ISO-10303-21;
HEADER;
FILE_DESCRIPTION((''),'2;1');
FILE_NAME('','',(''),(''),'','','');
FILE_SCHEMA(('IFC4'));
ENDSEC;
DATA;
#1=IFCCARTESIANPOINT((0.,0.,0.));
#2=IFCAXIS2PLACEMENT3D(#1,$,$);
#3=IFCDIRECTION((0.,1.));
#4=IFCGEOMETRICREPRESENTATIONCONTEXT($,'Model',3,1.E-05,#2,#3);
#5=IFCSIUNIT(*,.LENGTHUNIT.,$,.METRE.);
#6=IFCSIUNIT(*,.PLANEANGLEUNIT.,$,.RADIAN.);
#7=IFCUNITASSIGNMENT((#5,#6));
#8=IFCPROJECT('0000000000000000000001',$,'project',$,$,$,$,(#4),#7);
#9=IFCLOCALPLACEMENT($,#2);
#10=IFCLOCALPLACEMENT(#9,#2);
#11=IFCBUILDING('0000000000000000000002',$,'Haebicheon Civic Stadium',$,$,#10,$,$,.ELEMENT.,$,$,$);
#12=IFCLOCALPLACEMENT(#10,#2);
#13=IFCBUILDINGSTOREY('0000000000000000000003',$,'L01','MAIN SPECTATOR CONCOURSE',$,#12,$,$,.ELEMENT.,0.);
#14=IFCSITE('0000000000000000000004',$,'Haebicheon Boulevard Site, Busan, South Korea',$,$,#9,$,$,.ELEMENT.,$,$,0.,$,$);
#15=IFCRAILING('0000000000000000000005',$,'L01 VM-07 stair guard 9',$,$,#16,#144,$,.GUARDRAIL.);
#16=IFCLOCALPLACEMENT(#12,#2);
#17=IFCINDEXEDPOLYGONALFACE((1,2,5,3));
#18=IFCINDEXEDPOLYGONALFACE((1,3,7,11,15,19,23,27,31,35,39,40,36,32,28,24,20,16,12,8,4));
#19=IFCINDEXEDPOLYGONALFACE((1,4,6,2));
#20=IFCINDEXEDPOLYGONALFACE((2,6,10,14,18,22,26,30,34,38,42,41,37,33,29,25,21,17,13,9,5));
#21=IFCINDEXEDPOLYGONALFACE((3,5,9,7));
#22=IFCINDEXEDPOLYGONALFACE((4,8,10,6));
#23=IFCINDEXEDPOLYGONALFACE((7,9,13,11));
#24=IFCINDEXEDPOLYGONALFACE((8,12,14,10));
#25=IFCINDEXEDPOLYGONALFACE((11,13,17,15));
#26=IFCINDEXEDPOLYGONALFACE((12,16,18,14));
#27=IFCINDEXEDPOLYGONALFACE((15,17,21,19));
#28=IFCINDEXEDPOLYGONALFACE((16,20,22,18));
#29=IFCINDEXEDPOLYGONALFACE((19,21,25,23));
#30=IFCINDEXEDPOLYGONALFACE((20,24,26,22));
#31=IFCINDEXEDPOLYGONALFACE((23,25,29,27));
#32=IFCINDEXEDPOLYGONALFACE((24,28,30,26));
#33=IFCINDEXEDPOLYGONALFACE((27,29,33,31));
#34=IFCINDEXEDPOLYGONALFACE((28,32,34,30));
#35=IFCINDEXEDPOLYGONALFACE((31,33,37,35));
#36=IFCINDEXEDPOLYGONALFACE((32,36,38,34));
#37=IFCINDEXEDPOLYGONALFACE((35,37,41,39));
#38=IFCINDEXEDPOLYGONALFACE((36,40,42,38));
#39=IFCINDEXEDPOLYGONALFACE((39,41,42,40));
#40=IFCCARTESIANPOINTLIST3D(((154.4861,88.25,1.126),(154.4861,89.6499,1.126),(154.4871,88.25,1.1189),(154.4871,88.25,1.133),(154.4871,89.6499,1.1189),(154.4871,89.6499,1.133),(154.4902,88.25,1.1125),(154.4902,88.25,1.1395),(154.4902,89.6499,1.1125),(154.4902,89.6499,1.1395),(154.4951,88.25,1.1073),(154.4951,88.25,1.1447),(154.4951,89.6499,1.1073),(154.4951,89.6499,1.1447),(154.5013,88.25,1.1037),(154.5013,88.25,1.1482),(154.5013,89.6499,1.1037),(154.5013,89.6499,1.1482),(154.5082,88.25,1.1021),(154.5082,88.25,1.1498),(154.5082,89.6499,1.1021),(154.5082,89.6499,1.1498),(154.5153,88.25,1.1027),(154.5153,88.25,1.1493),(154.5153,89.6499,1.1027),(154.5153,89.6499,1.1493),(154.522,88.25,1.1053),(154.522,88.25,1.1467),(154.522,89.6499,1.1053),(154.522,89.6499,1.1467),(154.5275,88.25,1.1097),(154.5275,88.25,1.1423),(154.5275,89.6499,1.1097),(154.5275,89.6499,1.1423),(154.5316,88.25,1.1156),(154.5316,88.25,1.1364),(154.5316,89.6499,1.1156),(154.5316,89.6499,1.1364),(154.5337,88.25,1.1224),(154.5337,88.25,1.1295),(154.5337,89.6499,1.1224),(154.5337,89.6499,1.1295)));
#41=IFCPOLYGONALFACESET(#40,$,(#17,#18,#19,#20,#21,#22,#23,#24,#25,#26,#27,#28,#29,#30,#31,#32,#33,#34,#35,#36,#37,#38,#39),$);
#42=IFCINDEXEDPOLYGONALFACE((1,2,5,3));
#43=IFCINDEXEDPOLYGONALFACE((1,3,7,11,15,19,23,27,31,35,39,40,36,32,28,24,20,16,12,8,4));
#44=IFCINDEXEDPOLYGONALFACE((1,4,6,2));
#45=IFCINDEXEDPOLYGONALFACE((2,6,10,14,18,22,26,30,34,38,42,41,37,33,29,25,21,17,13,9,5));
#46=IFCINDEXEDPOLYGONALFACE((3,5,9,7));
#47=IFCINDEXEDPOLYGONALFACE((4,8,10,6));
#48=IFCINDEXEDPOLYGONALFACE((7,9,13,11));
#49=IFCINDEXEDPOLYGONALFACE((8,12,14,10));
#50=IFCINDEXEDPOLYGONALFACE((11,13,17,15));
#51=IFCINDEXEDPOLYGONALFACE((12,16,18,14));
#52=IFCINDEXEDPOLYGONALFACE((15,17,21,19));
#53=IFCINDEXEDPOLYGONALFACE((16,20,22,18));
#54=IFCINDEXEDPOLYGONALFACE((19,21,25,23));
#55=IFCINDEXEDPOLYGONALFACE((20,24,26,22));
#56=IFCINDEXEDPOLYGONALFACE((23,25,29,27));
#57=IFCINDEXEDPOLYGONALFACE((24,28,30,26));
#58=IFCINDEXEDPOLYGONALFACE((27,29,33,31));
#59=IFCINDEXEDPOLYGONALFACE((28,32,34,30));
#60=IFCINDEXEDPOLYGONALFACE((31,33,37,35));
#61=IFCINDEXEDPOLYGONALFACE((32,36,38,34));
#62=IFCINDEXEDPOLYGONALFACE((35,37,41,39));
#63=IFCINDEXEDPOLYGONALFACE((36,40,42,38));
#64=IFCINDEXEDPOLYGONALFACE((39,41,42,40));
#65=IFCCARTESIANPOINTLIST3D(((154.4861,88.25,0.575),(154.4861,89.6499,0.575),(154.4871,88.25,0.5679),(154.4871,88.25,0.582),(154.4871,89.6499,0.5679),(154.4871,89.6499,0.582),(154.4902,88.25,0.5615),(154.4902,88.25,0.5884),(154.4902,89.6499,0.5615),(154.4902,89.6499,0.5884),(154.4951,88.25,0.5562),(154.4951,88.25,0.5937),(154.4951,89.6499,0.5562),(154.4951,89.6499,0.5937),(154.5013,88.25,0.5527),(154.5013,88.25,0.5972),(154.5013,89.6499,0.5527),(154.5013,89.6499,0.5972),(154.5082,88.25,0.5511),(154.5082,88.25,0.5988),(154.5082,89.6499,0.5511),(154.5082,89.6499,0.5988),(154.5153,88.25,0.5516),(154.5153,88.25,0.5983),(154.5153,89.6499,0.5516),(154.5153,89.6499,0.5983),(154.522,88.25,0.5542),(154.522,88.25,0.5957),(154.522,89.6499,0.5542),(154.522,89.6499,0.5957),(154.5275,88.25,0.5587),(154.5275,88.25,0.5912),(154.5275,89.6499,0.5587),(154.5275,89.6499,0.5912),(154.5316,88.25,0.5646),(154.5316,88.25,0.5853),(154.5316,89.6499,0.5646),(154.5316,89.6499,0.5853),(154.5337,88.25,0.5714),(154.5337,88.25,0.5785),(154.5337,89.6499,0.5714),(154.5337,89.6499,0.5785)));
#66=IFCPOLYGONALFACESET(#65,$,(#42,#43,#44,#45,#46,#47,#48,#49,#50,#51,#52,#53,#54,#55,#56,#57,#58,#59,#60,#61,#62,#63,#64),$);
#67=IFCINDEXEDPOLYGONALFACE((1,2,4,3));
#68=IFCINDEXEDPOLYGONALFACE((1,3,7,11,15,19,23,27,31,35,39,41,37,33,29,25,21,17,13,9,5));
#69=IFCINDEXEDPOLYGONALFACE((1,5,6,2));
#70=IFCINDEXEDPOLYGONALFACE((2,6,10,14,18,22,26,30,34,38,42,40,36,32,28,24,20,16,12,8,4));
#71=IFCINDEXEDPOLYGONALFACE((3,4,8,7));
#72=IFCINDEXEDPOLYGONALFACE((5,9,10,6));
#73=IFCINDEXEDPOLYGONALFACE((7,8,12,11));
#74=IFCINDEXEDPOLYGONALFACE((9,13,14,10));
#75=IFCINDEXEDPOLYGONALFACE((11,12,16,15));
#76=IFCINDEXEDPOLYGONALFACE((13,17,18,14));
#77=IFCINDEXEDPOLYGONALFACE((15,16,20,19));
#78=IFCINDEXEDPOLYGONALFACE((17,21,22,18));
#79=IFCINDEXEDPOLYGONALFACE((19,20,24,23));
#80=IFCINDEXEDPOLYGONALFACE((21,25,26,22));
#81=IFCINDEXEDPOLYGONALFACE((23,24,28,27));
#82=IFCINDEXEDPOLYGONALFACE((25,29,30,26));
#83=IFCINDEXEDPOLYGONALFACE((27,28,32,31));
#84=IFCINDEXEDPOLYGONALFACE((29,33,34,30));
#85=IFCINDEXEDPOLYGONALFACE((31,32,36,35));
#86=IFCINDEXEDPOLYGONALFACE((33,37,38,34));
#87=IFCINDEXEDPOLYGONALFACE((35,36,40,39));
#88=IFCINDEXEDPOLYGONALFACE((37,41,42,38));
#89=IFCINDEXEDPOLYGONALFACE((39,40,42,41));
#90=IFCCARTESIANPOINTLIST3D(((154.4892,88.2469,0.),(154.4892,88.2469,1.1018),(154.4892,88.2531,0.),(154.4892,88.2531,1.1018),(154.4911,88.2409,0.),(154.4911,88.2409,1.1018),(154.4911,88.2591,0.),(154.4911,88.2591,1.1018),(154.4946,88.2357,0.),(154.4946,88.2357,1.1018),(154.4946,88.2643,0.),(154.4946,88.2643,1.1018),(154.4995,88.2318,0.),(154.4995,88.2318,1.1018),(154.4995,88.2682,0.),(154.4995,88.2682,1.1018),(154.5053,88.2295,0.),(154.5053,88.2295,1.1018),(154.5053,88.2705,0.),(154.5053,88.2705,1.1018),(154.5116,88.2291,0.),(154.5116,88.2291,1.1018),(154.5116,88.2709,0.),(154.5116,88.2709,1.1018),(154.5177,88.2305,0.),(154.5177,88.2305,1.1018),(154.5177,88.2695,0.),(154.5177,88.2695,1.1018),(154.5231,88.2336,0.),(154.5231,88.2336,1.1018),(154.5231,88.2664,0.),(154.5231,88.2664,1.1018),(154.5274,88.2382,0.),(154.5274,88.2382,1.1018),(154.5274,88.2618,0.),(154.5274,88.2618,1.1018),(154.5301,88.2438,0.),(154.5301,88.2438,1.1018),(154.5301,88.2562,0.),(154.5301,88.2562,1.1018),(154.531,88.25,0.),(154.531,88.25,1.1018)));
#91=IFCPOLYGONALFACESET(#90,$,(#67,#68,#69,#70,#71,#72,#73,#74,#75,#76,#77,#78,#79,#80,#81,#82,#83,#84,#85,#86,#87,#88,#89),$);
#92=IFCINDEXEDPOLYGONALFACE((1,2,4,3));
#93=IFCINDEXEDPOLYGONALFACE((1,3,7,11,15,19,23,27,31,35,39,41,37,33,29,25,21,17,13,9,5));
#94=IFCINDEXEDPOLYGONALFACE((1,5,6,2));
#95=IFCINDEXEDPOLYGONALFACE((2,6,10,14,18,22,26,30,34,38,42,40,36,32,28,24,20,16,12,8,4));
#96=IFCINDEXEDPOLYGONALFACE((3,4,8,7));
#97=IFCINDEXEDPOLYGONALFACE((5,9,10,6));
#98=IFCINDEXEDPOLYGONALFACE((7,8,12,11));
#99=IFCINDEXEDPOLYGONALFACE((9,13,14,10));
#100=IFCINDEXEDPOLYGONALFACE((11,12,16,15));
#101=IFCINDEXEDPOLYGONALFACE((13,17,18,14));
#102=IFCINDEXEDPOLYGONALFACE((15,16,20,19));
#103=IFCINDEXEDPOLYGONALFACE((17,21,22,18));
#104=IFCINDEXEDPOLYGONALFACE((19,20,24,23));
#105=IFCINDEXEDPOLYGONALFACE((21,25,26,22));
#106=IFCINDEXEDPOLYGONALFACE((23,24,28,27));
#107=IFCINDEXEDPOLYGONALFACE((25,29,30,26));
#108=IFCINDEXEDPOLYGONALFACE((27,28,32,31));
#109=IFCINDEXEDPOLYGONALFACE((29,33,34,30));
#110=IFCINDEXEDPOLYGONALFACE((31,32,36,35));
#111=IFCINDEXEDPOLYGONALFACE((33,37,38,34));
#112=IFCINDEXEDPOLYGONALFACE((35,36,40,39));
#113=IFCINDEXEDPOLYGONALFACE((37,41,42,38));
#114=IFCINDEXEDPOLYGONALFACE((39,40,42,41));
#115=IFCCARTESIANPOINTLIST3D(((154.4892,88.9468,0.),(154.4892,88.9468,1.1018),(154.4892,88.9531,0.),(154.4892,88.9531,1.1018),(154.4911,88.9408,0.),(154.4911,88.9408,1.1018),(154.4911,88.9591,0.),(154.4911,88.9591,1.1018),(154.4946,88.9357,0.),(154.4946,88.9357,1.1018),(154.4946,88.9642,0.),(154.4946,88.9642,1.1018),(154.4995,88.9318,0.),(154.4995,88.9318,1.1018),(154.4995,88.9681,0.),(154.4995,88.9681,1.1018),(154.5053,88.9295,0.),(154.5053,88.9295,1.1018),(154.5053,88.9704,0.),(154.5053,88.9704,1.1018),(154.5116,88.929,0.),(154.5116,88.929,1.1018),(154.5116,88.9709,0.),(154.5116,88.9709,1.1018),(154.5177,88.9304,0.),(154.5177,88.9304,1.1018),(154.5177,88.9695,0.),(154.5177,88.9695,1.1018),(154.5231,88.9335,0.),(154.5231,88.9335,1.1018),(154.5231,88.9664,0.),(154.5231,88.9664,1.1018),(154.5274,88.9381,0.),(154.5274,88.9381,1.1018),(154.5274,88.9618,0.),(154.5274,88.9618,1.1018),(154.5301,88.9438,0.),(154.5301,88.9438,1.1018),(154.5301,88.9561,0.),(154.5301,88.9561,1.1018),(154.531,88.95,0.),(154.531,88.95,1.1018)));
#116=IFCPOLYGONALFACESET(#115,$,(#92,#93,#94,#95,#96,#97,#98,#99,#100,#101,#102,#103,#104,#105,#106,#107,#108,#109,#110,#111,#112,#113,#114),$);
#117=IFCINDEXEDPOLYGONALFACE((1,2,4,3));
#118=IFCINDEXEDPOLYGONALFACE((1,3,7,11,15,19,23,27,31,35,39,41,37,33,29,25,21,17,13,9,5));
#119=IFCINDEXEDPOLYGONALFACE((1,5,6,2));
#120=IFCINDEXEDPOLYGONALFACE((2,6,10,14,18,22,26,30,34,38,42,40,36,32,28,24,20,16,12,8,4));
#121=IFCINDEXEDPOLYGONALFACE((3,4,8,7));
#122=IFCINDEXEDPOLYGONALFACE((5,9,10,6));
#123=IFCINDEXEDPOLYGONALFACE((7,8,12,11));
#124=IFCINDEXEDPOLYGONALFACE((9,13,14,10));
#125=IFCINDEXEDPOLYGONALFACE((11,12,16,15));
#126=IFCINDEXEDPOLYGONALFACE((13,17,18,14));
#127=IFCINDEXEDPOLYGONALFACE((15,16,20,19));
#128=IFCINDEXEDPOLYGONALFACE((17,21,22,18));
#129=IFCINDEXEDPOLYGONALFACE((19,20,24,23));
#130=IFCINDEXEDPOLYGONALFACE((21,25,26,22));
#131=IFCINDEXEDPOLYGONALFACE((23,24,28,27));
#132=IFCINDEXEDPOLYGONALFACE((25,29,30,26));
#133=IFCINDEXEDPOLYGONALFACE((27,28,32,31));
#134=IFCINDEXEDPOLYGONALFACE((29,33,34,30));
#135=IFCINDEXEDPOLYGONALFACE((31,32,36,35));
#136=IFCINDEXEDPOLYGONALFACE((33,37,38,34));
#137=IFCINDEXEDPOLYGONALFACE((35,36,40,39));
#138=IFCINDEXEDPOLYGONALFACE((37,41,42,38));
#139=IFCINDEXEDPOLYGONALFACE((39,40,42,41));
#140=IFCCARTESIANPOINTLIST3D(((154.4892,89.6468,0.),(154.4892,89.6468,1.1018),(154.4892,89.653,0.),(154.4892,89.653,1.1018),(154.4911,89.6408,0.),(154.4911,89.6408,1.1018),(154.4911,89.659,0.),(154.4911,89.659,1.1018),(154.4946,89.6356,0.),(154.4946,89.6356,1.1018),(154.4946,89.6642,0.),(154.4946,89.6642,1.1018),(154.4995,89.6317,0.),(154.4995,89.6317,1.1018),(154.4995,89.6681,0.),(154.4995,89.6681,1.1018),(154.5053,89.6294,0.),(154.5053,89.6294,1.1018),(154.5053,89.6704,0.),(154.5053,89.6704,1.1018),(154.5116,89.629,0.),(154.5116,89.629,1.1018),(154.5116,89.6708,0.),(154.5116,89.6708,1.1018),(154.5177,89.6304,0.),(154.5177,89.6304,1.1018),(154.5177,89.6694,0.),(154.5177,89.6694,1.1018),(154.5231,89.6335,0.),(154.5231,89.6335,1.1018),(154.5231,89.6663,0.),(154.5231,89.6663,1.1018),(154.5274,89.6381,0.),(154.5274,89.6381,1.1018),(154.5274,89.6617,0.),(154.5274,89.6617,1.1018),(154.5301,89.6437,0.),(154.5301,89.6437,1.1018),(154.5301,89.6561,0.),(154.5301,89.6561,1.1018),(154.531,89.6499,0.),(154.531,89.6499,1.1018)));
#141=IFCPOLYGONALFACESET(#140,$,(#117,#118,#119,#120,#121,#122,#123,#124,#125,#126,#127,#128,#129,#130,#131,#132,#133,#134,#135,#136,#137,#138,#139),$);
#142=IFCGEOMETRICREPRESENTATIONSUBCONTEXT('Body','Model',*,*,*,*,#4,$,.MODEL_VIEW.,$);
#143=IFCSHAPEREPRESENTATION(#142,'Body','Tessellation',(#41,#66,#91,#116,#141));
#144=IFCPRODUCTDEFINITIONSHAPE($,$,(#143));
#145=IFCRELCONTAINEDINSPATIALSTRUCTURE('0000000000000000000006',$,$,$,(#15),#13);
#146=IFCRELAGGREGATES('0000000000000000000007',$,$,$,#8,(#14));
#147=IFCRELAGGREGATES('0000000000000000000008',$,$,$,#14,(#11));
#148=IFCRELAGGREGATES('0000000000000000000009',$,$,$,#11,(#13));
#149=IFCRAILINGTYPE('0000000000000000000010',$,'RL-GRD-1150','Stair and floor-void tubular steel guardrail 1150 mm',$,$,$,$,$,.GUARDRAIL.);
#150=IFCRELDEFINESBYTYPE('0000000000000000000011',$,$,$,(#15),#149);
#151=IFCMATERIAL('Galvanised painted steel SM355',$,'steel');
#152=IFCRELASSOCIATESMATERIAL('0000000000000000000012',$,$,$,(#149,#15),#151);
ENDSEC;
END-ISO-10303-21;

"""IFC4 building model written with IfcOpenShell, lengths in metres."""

from ifc_helpers import new_model, si_unit, direction, frame, origin, origin_2d, place, context, subcontext, project, spatial, circle, extrude, material, type_object, element, save


model = new_model("IFC4")

# Units and contexts
model_context = context("Model", 3, precision=1e-05, world=origin(), true_north=direction((0.0, 1.0)))
body_context = subcontext(model_context, "Body", "Model", "MODEL_VIEW")
ifc_project = project(units=[si_unit("LENGTHUNIT", "METRE"), si_unit("PLANEANGLEUNIT", "RADIAN")], contexts=[model_context])

# Site, building, storey
site_placement = place(None, origin())
site = spatial("IfcSite", under=ifc_project, at=site_placement, Name="Haebicheon Boulevard Site, Busan, South Korea", CompositionType="ELEMENT", RefElevation=0.0)
building_placement = place(site_placement, origin())
building = spatial("IfcBuilding", under=site, at=building_placement, Name="Haebicheon Civic Stadium", CompositionType="ELEMENT")
storey_placement = place(building_placement, origin())
storey = spatial("IfcBuildingStorey", under=building, at=storey_placement, Name="L01", Description="MAIN SPECTATOR CONCOURSE", CompositionType="ELEMENT", Elevation=0.0)

# Railing
ifc_material_1 = material(Name="Galvanised painted steel SM355", Category="steel")
railing_type_1 = type_object("IfcRailingType", Name="RL-GRD-1150", Description="Stair and floor-void tubular steel guardrail 1150 mm", PredefinedType="GUARDRAIL", material=ifc_material_1)
railing_1_placement = place(storey_placement, frame((154.51, 88.25, 0.0)))
element("IfcRailing", 1, at=railing_1_placement, inside=storey, type_object=railing_type_1, material=ifc_material_1, Name="L01 VM-07 stair guard 9", PredefinedType="GUARDRAIL", context=body_context, shape_type="SweptSolid", body=[
    extrude(circle(Radius=0.0239, at=origin_2d()), frame((0.0, 0.0, 1.126), z_axis=(0.0, 1.0, 0.0), x_axis=(-1.0, 0.0, 0.0)), (0.0, 0.0, 1.0), 1.3999),
    extrude(circle(Radius=0.0239, at=origin_2d()), frame((0.0, 0.0, 0.575), z_axis=(0.0, 1.0, 0.0), x_axis=(-1.0, 0.0, 0.0)), (0.0, 0.0, 1.0), 1.3999),
    extrude(circle(Radius=0.021, at=origin_2d()), origin(), (0.0, 0.0, 1.0), 1.1018),
    extrude(circle(Radius=0.021, at=origin_2d()), frame((0.0, 0.7, 0.0)), (0.0, 0.0, 1.0), 1.1018),
    extrude(circle(Radius=0.021, at=origin_2d()), frame((0.0, 1.3999, 0.0)), (0.0, 0.0, 1.0), 1.1018),
])

save(model, "model.ifc")
